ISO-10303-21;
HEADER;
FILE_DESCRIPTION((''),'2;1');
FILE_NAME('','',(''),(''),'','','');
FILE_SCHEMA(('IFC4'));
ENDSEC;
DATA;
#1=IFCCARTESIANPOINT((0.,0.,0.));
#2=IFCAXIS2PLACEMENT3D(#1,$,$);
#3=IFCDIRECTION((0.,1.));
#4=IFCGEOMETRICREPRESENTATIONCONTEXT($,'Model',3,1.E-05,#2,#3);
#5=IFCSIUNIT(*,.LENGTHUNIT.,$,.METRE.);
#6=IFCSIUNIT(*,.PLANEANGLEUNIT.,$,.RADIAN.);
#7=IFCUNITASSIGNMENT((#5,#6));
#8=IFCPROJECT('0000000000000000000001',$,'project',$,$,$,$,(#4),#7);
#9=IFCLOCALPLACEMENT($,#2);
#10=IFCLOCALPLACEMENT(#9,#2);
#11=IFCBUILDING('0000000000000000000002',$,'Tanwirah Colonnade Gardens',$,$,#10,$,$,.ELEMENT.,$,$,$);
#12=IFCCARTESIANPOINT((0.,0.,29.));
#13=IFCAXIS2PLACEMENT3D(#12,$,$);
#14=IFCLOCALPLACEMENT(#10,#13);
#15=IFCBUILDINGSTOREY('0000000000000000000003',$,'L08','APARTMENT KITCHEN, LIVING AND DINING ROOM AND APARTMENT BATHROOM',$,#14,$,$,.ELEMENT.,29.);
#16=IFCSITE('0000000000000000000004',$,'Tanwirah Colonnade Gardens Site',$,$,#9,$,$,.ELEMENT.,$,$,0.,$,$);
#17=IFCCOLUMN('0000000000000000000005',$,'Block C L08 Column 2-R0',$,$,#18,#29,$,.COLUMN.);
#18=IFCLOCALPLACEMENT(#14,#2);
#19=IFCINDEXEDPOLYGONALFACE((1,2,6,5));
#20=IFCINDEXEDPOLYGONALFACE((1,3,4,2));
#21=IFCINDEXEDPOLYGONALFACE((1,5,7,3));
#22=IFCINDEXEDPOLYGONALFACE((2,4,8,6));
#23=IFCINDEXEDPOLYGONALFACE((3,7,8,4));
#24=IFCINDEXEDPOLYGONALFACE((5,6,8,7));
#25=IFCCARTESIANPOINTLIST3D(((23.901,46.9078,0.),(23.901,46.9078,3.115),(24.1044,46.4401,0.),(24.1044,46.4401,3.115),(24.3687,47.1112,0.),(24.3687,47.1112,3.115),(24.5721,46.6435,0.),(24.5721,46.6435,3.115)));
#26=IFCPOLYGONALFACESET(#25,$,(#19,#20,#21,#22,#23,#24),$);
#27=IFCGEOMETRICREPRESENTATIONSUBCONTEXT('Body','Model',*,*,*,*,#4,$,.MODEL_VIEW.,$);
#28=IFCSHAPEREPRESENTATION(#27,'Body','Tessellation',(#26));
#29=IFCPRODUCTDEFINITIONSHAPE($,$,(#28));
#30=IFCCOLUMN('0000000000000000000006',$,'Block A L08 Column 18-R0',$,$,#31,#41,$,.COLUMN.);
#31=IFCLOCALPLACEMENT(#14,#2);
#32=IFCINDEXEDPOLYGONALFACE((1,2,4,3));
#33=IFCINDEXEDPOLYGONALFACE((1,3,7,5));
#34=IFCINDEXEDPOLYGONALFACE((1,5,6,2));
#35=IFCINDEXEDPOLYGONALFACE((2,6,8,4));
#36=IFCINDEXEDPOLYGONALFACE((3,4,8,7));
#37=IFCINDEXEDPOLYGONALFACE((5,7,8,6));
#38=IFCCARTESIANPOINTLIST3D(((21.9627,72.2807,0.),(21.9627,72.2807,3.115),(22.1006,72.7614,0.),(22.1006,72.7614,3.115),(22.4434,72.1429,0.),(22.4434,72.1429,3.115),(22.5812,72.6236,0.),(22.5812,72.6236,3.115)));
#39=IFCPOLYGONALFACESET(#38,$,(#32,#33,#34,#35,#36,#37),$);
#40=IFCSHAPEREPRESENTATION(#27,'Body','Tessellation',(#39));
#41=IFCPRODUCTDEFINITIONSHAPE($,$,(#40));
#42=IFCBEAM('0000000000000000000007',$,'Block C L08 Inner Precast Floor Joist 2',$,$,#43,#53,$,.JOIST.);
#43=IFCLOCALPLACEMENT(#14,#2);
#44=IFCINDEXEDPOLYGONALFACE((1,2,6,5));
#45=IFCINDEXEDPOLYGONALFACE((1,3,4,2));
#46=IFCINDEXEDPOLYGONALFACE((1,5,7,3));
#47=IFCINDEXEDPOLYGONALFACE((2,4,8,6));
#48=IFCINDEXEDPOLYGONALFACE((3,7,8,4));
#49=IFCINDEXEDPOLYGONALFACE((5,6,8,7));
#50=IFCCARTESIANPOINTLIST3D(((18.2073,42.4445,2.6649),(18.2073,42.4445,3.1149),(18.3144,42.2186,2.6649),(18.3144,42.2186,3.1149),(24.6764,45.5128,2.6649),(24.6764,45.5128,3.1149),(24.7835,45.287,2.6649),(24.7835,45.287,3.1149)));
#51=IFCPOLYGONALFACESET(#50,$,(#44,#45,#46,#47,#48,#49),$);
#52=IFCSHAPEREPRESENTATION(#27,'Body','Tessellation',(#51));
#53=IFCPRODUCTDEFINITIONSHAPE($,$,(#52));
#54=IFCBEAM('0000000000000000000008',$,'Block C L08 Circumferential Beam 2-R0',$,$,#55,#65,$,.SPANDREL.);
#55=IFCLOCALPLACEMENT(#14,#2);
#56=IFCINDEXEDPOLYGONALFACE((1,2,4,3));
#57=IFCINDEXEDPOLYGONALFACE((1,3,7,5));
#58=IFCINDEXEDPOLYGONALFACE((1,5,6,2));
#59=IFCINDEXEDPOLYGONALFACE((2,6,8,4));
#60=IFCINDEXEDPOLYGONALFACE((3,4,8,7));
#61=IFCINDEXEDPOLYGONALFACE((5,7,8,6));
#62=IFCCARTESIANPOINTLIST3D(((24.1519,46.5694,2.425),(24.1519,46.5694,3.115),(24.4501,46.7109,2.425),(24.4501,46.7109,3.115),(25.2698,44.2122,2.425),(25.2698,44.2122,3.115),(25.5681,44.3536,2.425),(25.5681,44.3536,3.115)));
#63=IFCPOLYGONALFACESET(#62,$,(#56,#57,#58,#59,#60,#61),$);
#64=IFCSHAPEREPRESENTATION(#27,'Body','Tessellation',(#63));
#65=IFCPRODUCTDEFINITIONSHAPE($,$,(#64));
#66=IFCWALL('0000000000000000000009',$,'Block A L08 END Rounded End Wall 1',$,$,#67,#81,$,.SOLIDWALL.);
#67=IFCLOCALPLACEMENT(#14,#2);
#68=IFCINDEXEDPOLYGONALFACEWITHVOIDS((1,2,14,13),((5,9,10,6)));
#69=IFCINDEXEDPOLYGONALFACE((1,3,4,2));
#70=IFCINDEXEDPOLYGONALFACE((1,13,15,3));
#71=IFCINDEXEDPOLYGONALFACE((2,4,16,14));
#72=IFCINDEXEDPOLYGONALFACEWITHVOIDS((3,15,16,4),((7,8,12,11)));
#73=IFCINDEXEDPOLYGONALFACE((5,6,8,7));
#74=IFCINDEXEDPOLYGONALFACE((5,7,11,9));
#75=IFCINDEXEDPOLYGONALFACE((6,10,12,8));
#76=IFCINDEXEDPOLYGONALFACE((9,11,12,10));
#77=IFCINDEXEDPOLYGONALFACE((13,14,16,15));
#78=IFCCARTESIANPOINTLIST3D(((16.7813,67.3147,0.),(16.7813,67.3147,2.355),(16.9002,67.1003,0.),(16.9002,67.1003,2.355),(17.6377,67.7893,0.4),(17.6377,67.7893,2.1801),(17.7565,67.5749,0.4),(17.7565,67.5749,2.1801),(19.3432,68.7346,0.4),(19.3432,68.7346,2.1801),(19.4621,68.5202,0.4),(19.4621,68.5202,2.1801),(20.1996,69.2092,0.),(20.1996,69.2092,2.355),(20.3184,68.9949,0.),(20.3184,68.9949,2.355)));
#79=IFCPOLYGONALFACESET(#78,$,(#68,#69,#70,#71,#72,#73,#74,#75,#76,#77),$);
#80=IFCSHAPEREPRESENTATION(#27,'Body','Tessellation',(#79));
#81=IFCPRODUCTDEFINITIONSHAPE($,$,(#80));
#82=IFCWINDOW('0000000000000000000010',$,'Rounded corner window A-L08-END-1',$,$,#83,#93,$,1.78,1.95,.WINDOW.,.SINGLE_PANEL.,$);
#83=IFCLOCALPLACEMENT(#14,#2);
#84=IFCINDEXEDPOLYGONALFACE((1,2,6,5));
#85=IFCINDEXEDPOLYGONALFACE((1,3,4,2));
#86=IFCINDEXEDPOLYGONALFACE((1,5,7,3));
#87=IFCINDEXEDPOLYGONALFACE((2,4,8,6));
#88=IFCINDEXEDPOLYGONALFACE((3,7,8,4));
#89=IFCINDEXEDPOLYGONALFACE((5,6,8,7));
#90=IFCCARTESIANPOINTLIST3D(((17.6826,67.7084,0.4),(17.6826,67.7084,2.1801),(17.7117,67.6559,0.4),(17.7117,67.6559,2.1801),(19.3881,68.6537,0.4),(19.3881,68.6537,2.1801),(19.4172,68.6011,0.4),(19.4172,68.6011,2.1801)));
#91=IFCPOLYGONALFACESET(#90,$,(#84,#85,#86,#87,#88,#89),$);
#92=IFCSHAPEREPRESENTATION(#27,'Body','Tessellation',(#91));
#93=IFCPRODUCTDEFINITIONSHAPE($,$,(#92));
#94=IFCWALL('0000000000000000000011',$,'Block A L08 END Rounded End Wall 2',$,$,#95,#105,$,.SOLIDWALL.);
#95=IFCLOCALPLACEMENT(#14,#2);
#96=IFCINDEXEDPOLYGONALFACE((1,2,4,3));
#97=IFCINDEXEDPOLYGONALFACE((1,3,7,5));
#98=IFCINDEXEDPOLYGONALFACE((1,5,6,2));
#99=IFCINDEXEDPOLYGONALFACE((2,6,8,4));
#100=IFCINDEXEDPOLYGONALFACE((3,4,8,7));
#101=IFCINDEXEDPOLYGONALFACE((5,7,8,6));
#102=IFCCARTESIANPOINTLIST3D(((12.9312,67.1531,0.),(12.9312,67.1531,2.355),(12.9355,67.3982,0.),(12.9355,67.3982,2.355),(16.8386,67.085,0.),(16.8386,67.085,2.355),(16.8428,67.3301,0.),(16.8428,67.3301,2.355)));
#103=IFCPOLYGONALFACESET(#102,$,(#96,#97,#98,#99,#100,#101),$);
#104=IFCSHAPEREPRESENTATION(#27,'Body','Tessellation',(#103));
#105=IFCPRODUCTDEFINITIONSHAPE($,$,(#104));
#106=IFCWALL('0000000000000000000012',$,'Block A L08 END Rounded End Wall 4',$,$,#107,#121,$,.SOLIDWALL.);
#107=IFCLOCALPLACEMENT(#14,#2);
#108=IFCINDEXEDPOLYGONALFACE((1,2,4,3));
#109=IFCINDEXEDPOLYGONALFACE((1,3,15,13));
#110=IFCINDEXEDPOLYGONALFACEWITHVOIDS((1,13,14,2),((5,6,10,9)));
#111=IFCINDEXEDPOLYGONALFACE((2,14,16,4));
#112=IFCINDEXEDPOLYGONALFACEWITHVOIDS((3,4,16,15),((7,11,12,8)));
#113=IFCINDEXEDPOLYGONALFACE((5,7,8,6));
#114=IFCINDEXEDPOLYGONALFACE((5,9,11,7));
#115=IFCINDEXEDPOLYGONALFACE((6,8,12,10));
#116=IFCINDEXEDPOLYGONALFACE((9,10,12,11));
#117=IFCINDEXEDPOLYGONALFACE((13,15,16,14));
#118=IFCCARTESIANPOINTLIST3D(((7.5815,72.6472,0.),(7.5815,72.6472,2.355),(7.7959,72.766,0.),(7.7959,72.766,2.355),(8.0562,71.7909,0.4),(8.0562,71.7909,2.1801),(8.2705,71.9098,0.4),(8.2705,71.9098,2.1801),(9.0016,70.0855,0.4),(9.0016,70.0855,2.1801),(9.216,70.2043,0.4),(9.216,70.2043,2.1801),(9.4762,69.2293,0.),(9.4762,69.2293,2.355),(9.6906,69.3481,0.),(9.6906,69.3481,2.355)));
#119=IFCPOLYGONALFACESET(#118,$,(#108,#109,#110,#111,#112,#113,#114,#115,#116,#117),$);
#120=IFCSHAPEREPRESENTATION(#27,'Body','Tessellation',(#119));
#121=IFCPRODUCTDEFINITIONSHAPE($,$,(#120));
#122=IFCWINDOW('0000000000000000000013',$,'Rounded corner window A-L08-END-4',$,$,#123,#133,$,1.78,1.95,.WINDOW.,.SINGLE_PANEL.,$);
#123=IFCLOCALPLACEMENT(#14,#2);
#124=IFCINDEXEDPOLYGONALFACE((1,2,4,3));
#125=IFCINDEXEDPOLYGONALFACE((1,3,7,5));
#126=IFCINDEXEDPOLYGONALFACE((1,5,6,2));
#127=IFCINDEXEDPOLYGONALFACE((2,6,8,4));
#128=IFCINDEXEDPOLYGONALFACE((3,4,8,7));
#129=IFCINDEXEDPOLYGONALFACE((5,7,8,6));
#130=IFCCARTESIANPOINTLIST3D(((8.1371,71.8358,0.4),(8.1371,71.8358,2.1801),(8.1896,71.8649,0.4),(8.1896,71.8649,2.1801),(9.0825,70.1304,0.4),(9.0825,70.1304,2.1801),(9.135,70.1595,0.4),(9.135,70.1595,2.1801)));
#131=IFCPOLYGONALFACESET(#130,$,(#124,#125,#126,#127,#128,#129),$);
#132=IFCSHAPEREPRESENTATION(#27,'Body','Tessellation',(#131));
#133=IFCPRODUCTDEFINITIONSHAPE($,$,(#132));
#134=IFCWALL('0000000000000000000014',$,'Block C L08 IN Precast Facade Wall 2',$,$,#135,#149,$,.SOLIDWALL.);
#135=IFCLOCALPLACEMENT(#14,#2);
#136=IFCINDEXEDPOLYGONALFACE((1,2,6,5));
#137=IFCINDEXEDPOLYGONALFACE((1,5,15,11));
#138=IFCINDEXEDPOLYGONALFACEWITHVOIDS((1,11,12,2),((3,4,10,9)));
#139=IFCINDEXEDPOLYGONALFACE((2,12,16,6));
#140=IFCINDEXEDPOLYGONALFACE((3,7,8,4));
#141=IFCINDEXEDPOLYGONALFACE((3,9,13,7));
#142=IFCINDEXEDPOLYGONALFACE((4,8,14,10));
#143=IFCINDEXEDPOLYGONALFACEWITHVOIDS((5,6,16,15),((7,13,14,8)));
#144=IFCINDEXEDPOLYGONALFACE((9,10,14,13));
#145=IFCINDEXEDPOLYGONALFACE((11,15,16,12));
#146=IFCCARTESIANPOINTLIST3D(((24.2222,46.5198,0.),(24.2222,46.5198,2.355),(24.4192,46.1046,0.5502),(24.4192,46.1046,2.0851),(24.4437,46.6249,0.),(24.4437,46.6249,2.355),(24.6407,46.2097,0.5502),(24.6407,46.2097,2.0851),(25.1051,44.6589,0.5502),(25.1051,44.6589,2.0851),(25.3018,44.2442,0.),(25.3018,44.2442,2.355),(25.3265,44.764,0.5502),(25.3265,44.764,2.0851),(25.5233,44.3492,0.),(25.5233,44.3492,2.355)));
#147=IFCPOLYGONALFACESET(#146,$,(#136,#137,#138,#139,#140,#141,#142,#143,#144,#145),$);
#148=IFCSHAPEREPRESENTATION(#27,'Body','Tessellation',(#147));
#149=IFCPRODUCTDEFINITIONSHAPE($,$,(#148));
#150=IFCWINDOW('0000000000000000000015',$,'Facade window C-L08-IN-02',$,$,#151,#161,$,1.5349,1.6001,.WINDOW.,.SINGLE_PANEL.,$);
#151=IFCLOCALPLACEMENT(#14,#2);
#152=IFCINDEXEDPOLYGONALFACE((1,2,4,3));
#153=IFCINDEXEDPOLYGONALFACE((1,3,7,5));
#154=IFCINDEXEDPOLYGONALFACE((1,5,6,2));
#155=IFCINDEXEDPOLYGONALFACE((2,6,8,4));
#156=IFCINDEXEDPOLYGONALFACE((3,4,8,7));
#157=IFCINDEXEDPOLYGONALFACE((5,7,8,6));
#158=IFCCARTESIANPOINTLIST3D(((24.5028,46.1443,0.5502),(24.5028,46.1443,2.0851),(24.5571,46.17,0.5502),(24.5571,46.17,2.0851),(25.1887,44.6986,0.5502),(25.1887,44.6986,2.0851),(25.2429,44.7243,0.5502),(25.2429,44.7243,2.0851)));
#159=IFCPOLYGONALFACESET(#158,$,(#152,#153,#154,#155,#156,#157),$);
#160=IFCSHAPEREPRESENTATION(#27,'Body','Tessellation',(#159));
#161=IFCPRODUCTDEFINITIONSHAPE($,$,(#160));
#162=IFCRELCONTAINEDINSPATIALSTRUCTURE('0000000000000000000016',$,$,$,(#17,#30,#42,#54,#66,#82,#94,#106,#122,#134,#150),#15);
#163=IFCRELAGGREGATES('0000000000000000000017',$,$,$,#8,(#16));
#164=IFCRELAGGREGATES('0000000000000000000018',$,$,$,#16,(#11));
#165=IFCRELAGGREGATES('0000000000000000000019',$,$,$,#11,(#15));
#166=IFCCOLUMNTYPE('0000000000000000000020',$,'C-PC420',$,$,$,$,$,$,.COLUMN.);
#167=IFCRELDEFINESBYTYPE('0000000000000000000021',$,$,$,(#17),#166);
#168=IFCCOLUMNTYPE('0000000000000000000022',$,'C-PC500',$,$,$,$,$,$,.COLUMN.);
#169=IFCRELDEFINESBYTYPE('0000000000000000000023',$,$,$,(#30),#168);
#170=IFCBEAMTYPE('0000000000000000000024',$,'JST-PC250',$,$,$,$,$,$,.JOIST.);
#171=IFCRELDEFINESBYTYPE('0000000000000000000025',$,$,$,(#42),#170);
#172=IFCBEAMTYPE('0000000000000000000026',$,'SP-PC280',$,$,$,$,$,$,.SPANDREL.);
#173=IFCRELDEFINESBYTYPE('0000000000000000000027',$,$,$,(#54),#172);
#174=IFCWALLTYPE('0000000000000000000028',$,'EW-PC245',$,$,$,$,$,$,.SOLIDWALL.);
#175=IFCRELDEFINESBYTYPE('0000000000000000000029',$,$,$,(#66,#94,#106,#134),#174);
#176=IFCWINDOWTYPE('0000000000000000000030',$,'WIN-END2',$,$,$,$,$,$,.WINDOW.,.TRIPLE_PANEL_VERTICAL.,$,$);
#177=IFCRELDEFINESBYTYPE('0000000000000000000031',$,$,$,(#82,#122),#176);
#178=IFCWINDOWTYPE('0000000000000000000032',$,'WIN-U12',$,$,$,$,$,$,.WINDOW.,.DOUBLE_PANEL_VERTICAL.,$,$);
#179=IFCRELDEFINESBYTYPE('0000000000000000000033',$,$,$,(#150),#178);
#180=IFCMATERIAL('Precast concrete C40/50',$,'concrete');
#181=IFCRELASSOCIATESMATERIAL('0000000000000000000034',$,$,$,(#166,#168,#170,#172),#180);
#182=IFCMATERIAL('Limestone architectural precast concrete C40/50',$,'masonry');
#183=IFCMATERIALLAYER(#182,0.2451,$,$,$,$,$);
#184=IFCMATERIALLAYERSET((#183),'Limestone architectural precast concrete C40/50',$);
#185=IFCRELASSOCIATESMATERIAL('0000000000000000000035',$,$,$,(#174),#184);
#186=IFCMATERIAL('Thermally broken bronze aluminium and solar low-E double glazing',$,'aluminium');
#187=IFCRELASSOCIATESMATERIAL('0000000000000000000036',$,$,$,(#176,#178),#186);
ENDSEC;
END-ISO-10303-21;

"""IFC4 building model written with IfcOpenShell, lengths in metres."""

from ifc_helpers import new_model, si_unit, direction, frame, frame_2d, origin, origin_2d, place, context, subcontext, project, spatial, rectangle, extrude, material, layer, layer_set, material_profile, profile_set, type_object, element, fill, save


model = new_model("IFC4")

# Units and contexts
model_context = context("Model", 3, precision=1e-05, world=origin(), true_north=direction((0.0, 1.0)))
body_context = subcontext(model_context, "Body", "Model", "MODEL_VIEW")
ifc_project = project(units=[si_unit("LENGTHUNIT", "METRE"), si_unit("PLANEANGLEUNIT", "RADIAN")], contexts=[model_context])

# Site, building, storey
site_placement = place(None, origin())
site = spatial("IfcSite", under=ifc_project, at=site_placement, Name="Tanwirah Colonnade Gardens Site", CompositionType="ELEMENT", RefElevation=0.0)
building_placement = place(site_placement, origin())
building = spatial("IfcBuilding", under=site, at=building_placement, Name="Tanwirah Colonnade Gardens", CompositionType="ELEMENT")
storey_placement = place(building_placement, frame((0.0, 0.0, 29.0)))
storey = spatial("IfcBuildingStorey", under=building, at=storey_placement, Name="L08", Description="APARTMENT KITCHEN, LIVING AND DINING ROOM AND APARTMENT BATHROOM", CompositionType="ELEMENT", Elevation=29.0)

# Columns
ifc_material_1 = material(Name="Precast concrete C40/50", Category="concrete")
ifc_material_profile_1 = material_profile(ifc_material_1, rectangle(XDim=0.51, YDim=0.51, at=origin_2d()), Name="PC-COL 510x510")
ifc_profile_set_1 = profile_set([ifc_material_profile_1], Name="Precast concrete C40/50")
column_type_1 = type_object("IfcColumnType", Name="C-PC420", PredefinedType="COLUMN", material=ifc_profile_set_1)
column_1_placement = place(storey_placement, frame((24.2366, 46.7756, 0.0), z_axis=(0.0, 0.0, 1.0), x_axis=(-0.91706, -0.398749, 0.0)))
element("IfcColumn", 1, at=column_1_placement, inside=storey, type_object=column_type_1, Name="Block C L08 Column 2-R0", PredefinedType="COLUMN", context=body_context, shape_type="SweptSolid", body=[
    extrude(rectangle(XDim=0.51, YDim=0.51, at=origin_2d()), origin(), (0.0, 0.0, 1.0), 3.115),
])
ifc_material_profile_2 = material_profile(ifc_material_1, rectangle(XDim=0.5, YDim=0.5, at=origin_2d()), Name="PC-COL 500x500")
ifc_profile_set_2 = profile_set([ifc_material_profile_2], Name="Precast concrete C40/50")
column_type_2 = type_object("IfcColumnType", Name="C-PC500", PredefinedType="COLUMN", material=ifc_profile_set_2)
column_2_placement = place(storey_placement, frame((22.272, 72.4521, 0.0), z_axis=(0.0, 0.0, 1.0), x_axis=(-0.961262, 0.275637, 0.0)))
element("IfcColumn", 2, at=column_2_placement, inside=storey, type_object=column_type_2, Name="Block A L08 Column 18-R0", PredefinedType="COLUMN", context=body_context, shape_type="SweptSolid", body=[
    extrude(rectangle(XDim=0.5, YDim=0.5, at=origin_2d()), origin(), (0.0, 0.0, 1.0), 3.115),
])

# Beams
ifc_material_profile_3 = material_profile(ifc_material_1, rectangle(XDim=0.25, YDim=0.45, at=origin_2d()), Name="PC-JST 250x450")
ifc_profile_set_3 = profile_set([ifc_material_profile_3], Name="Precast concrete C40/50")
beam_type_1 = type_object("IfcBeamType", Name="JST-PC250", PredefinedType="JOIST", material=ifc_profile_set_3)
beam_1_placement = place(storey_placement, frame((24.73, 45.3999, 2.8899), z_axis=(-0.903522, -0.428541, 0.0), x_axis=(0.428541, -0.903522, 0.0)))
element("IfcBeam", 3, at=beam_1_placement, inside=storey, type_object=beam_type_1, Name="Block C L08 Inner Precast Floor Joist 2", PredefinedType="JOIST", context=body_context, shape_type="SweptSolid", body=[
    extrude(rectangle(XDim=0.25, YDim=0.45, at=origin_2d()), origin(), (0.0, 0.0, 1.0), 7.1599),
])
ifc_material_profile_4 = material_profile(ifc_material_1, rectangle(XDim=0.3301, YDim=0.6899, at=origin_2d()), Name="PC-SP 330x690")
ifc_profile_set_4 = profile_set([ifc_material_profile_4], Name="Precast concrete C40/50")
beam_type_2 = type_object("IfcBeamType", Name="SP-PC280", PredefinedType="SPANDREL", material=ifc_profile_set_4)
beam_2_placement = place(storey_placement, frame((24.301, 46.6401, 2.77), z_axis=(0.428513, -0.903536, 0.0), x_axis=(0.903536, 0.428513, 0.0)))
element("IfcBeam", 4, at=beam_2_placement, inside=storey, type_object=beam_type_2, Name="Block C L08 Circumferential Beam 2-R0", PredefinedType="SPANDREL", context=body_context, shape_type="SweptSolid", body=[
    extrude(rectangle(XDim=0.3301, YDim=0.6899, at=origin_2d()), origin(), (0.0, 0.0, 1.0), 2.6089),
])

# Wall, opening, window
ifc_material_2 = material(Name="Limestone architectural precast concrete C40/50", Category="masonry")
ifc_layer = layer(ifc_material_2, 0.2451)
ifc_layer_set = layer_set([ifc_layer], Name="Limestone architectural precast concrete C40/50")
wall_type = type_object("IfcWallType", Name="EW-PC245", PredefinedType="SOLIDWALL", material=ifc_layer_set)
wall_1_placement = place(storey_placement, frame((20.259, 69.1021, 0.0), z_axis=(0.0, 0.0, 1.0), x_axis=(-0.874643, -0.484768, 0.0)))
wall_1 = element("IfcWall", 5, at=wall_1_placement, inside=storey, type_object=wall_type, Name="Block A L08 END Rounded End Wall 1", PredefinedType="SOLIDWALL", context=body_context, shape_type="SweptSolid", body=[
    extrude(rectangle(XDim=3.9082, YDim=0.2451, at=frame_2d((1.9541, 0.0))), origin(), (0.0, 0.0, 1.0), 2.355),
])
opening_1_placement = place(wall_1_placement, frame((0.979, 0.0, 0.3999)))
opening_1 = element("IfcOpeningElement", 6, at=opening_1_placement, cuts=wall_1, PredefinedType="OPENING", context=body_context, shape_type="SweptSolid", body=[
    extrude(rectangle(XDim=1.95, YDim=1.78, at=frame_2d((0.9751, 0.8901))), frame((0.0, 0.1326, 0.0), z_axis=(0.0, -1.0, 0.0), x_axis=(1.0, 0.0, 0.0)), (0.0, 0.0, 1.0), 0.2651),
])
ifc_material_3 = material(Name="Thermally broken bronze aluminium and solar low-E double glazing", Category="aluminium")
window_type_1 = type_object("IfcWindowType", Name="WIN-END2", PartitioningType="TRIPLE_PANEL_VERTICAL", PredefinedType="WINDOW", material=ifc_material_3)
window_1_placement = place(opening_1_placement, origin())
window_1 = element("IfcWindow", 7, at=window_1_placement, inside=storey, type_object=window_type_1, Name="Rounded corner window A-L08-END-1", OverallHeight=1.78, OverallWidth=1.95, PartitioningType="SINGLE_PANEL", PredefinedType="WINDOW", context=body_context, shape_type="SweptSolid", body=[
    extrude(rectangle(XDim=1.95, YDim=1.78, at=frame_2d((0.9751, 0.8901))), frame((0.0, 0.03, 0.0), z_axis=(0.0, -1.0, 0.0), x_axis=(1.0, 0.0, 0.0)), (0.0, 0.0, 1.0), 0.0601),
])
fill(opening_1, window_1)

# Wall
wall_2_placement = place(storey_placement, frame((16.8408, 67.2075, 0.0), z_axis=(0.0, 0.0, 1.0), x_axis=(-0.999848, 0.017429, 0.0)))
element("IfcWall", 8, at=wall_2_placement, inside=storey, type_object=wall_type, Name="Block A L08 END Rounded End Wall 2", PredefinedType="SOLIDWALL", context=body_context, shape_type="SweptSolid", body=[
    extrude(rectangle(XDim=3.908, YDim=0.2451, at=frame_2d((1.9541, 0.0))), origin(), (0.0, 0.0, 1.0), 2.355),
])

# Walls, openings, windows
wall_3_placement = place(storey_placement, frame((9.5835, 69.2886, 0.0), z_axis=(0.0, 0.0, 1.0), x_axis=(-0.484842, 0.874602, 0.0)))
wall_3 = element("IfcWall", 9, at=wall_3_placement, inside=storey, type_object=wall_type, Name="Block A L08 END Rounded End Wall 4", PredefinedType="SOLIDWALL", context=body_context, shape_type="SweptSolid", body=[
    extrude(rectangle(XDim=3.908, YDim=0.2451, at=frame_2d((1.9541, 0.0))), origin(), (0.0, 0.0, 1.0), 2.355),
])
opening_2_placement = place(wall_3_placement, frame((0.979, 0.0, 0.3999)))
opening_2 = element("IfcOpeningElement", 10, at=opening_2_placement, cuts=wall_3, PredefinedType="OPENING", context=body_context, shape_type="SweptSolid", body=[
    extrude(rectangle(XDim=1.95, YDim=1.78, at=frame_2d((0.9751, 0.8901))), frame((0.0, 0.1326, 0.0), z_axis=(0.0, -1.0, 0.0), x_axis=(1.0, 0.0, 0.0)), (0.0, 0.0, 1.0), 0.2651),
])
window_2_placement = place(opening_2_placement, origin())
window_2 = element("IfcWindow", 11, at=window_2_placement, inside=storey, type_object=window_type_1, Name="Rounded corner window A-L08-END-4", OverallHeight=1.78, OverallWidth=1.95, PartitioningType="SINGLE_PANEL", PredefinedType="WINDOW", context=body_context, shape_type="SweptSolid", body=[
    extrude(rectangle(XDim=1.95, YDim=1.78, at=frame_2d((0.9751, 0.8901))), frame((0.0, 0.03, 0.0), z_axis=(0.0, -1.0, 0.0), x_axis=(1.0, 0.0, 0.0)), (0.0, 0.0, 1.0), 0.0601),
])
fill(opening_2, window_2)
wall_4_placement = place(storey_placement, frame((24.333, 46.5723, 0.0), z_axis=(0.0, 0.0, 1.0), x_axis=(0.428624, -0.903483, 0.0)))
wall_4 = element("IfcWall", 12, at=wall_4_placement, inside=storey, type_object=wall_type, Name="Block C L08 IN Precast Facade Wall 2", PredefinedType="SOLIDWALL", context=body_context, shape_type="SweptSolid", body=[
    extrude(rectangle(XDim=2.5188, YDim=0.2451, at=frame_2d((1.2593, 0.0))), origin(), (0.0, 0.0, 1.0), 2.355),
])
opening_3_placement = place(wall_4_placement, frame((0.4595, 0.0, 0.55)))
opening_3 = element("IfcOpeningElement", 13, at=opening_3_placement, cuts=wall_4, PredefinedType="OPENING", context=body_context, shape_type="SweptSolid", body=[
    extrude(rectangle(XDim=1.6001, YDim=1.5349, at=frame_2d((0.8, 0.7676))), frame((0.0, 0.1326, 0.0), z_axis=(0.0, -1.0, 0.0), x_axis=(1.0, 0.0, 0.0)), (0.0, 0.0, 1.0), 0.2651),
])
window_type_2 = type_object("IfcWindowType", Name="WIN-U12", PartitioningType="DOUBLE_PANEL_VERTICAL", PredefinedType="WINDOW", material=ifc_material_3)
window_3_placement = place(opening_3_placement, origin())
window_3 = element("IfcWindow", 14, at=window_3_placement, inside=storey, type_object=window_type_2, Name="Facade window C-L08-IN-02", OverallHeight=1.5349, OverallWidth=1.6001, PartitioningType="SINGLE_PANEL", PredefinedType="WINDOW", context=body_context, shape_type="SweptSolid", body=[
    extrude(rectangle(XDim=1.6001, YDim=1.5349, at=frame_2d((0.8, 0.7676))), frame((0.0, 0.03, 0.0), z_axis=(0.0, -1.0, 0.0), x_axis=(1.0, 0.0, 0.0)), (0.0, 0.0, 1.0), 0.0601),
])
fill(opening_3, window_3)

save(model, "model.ifc")
